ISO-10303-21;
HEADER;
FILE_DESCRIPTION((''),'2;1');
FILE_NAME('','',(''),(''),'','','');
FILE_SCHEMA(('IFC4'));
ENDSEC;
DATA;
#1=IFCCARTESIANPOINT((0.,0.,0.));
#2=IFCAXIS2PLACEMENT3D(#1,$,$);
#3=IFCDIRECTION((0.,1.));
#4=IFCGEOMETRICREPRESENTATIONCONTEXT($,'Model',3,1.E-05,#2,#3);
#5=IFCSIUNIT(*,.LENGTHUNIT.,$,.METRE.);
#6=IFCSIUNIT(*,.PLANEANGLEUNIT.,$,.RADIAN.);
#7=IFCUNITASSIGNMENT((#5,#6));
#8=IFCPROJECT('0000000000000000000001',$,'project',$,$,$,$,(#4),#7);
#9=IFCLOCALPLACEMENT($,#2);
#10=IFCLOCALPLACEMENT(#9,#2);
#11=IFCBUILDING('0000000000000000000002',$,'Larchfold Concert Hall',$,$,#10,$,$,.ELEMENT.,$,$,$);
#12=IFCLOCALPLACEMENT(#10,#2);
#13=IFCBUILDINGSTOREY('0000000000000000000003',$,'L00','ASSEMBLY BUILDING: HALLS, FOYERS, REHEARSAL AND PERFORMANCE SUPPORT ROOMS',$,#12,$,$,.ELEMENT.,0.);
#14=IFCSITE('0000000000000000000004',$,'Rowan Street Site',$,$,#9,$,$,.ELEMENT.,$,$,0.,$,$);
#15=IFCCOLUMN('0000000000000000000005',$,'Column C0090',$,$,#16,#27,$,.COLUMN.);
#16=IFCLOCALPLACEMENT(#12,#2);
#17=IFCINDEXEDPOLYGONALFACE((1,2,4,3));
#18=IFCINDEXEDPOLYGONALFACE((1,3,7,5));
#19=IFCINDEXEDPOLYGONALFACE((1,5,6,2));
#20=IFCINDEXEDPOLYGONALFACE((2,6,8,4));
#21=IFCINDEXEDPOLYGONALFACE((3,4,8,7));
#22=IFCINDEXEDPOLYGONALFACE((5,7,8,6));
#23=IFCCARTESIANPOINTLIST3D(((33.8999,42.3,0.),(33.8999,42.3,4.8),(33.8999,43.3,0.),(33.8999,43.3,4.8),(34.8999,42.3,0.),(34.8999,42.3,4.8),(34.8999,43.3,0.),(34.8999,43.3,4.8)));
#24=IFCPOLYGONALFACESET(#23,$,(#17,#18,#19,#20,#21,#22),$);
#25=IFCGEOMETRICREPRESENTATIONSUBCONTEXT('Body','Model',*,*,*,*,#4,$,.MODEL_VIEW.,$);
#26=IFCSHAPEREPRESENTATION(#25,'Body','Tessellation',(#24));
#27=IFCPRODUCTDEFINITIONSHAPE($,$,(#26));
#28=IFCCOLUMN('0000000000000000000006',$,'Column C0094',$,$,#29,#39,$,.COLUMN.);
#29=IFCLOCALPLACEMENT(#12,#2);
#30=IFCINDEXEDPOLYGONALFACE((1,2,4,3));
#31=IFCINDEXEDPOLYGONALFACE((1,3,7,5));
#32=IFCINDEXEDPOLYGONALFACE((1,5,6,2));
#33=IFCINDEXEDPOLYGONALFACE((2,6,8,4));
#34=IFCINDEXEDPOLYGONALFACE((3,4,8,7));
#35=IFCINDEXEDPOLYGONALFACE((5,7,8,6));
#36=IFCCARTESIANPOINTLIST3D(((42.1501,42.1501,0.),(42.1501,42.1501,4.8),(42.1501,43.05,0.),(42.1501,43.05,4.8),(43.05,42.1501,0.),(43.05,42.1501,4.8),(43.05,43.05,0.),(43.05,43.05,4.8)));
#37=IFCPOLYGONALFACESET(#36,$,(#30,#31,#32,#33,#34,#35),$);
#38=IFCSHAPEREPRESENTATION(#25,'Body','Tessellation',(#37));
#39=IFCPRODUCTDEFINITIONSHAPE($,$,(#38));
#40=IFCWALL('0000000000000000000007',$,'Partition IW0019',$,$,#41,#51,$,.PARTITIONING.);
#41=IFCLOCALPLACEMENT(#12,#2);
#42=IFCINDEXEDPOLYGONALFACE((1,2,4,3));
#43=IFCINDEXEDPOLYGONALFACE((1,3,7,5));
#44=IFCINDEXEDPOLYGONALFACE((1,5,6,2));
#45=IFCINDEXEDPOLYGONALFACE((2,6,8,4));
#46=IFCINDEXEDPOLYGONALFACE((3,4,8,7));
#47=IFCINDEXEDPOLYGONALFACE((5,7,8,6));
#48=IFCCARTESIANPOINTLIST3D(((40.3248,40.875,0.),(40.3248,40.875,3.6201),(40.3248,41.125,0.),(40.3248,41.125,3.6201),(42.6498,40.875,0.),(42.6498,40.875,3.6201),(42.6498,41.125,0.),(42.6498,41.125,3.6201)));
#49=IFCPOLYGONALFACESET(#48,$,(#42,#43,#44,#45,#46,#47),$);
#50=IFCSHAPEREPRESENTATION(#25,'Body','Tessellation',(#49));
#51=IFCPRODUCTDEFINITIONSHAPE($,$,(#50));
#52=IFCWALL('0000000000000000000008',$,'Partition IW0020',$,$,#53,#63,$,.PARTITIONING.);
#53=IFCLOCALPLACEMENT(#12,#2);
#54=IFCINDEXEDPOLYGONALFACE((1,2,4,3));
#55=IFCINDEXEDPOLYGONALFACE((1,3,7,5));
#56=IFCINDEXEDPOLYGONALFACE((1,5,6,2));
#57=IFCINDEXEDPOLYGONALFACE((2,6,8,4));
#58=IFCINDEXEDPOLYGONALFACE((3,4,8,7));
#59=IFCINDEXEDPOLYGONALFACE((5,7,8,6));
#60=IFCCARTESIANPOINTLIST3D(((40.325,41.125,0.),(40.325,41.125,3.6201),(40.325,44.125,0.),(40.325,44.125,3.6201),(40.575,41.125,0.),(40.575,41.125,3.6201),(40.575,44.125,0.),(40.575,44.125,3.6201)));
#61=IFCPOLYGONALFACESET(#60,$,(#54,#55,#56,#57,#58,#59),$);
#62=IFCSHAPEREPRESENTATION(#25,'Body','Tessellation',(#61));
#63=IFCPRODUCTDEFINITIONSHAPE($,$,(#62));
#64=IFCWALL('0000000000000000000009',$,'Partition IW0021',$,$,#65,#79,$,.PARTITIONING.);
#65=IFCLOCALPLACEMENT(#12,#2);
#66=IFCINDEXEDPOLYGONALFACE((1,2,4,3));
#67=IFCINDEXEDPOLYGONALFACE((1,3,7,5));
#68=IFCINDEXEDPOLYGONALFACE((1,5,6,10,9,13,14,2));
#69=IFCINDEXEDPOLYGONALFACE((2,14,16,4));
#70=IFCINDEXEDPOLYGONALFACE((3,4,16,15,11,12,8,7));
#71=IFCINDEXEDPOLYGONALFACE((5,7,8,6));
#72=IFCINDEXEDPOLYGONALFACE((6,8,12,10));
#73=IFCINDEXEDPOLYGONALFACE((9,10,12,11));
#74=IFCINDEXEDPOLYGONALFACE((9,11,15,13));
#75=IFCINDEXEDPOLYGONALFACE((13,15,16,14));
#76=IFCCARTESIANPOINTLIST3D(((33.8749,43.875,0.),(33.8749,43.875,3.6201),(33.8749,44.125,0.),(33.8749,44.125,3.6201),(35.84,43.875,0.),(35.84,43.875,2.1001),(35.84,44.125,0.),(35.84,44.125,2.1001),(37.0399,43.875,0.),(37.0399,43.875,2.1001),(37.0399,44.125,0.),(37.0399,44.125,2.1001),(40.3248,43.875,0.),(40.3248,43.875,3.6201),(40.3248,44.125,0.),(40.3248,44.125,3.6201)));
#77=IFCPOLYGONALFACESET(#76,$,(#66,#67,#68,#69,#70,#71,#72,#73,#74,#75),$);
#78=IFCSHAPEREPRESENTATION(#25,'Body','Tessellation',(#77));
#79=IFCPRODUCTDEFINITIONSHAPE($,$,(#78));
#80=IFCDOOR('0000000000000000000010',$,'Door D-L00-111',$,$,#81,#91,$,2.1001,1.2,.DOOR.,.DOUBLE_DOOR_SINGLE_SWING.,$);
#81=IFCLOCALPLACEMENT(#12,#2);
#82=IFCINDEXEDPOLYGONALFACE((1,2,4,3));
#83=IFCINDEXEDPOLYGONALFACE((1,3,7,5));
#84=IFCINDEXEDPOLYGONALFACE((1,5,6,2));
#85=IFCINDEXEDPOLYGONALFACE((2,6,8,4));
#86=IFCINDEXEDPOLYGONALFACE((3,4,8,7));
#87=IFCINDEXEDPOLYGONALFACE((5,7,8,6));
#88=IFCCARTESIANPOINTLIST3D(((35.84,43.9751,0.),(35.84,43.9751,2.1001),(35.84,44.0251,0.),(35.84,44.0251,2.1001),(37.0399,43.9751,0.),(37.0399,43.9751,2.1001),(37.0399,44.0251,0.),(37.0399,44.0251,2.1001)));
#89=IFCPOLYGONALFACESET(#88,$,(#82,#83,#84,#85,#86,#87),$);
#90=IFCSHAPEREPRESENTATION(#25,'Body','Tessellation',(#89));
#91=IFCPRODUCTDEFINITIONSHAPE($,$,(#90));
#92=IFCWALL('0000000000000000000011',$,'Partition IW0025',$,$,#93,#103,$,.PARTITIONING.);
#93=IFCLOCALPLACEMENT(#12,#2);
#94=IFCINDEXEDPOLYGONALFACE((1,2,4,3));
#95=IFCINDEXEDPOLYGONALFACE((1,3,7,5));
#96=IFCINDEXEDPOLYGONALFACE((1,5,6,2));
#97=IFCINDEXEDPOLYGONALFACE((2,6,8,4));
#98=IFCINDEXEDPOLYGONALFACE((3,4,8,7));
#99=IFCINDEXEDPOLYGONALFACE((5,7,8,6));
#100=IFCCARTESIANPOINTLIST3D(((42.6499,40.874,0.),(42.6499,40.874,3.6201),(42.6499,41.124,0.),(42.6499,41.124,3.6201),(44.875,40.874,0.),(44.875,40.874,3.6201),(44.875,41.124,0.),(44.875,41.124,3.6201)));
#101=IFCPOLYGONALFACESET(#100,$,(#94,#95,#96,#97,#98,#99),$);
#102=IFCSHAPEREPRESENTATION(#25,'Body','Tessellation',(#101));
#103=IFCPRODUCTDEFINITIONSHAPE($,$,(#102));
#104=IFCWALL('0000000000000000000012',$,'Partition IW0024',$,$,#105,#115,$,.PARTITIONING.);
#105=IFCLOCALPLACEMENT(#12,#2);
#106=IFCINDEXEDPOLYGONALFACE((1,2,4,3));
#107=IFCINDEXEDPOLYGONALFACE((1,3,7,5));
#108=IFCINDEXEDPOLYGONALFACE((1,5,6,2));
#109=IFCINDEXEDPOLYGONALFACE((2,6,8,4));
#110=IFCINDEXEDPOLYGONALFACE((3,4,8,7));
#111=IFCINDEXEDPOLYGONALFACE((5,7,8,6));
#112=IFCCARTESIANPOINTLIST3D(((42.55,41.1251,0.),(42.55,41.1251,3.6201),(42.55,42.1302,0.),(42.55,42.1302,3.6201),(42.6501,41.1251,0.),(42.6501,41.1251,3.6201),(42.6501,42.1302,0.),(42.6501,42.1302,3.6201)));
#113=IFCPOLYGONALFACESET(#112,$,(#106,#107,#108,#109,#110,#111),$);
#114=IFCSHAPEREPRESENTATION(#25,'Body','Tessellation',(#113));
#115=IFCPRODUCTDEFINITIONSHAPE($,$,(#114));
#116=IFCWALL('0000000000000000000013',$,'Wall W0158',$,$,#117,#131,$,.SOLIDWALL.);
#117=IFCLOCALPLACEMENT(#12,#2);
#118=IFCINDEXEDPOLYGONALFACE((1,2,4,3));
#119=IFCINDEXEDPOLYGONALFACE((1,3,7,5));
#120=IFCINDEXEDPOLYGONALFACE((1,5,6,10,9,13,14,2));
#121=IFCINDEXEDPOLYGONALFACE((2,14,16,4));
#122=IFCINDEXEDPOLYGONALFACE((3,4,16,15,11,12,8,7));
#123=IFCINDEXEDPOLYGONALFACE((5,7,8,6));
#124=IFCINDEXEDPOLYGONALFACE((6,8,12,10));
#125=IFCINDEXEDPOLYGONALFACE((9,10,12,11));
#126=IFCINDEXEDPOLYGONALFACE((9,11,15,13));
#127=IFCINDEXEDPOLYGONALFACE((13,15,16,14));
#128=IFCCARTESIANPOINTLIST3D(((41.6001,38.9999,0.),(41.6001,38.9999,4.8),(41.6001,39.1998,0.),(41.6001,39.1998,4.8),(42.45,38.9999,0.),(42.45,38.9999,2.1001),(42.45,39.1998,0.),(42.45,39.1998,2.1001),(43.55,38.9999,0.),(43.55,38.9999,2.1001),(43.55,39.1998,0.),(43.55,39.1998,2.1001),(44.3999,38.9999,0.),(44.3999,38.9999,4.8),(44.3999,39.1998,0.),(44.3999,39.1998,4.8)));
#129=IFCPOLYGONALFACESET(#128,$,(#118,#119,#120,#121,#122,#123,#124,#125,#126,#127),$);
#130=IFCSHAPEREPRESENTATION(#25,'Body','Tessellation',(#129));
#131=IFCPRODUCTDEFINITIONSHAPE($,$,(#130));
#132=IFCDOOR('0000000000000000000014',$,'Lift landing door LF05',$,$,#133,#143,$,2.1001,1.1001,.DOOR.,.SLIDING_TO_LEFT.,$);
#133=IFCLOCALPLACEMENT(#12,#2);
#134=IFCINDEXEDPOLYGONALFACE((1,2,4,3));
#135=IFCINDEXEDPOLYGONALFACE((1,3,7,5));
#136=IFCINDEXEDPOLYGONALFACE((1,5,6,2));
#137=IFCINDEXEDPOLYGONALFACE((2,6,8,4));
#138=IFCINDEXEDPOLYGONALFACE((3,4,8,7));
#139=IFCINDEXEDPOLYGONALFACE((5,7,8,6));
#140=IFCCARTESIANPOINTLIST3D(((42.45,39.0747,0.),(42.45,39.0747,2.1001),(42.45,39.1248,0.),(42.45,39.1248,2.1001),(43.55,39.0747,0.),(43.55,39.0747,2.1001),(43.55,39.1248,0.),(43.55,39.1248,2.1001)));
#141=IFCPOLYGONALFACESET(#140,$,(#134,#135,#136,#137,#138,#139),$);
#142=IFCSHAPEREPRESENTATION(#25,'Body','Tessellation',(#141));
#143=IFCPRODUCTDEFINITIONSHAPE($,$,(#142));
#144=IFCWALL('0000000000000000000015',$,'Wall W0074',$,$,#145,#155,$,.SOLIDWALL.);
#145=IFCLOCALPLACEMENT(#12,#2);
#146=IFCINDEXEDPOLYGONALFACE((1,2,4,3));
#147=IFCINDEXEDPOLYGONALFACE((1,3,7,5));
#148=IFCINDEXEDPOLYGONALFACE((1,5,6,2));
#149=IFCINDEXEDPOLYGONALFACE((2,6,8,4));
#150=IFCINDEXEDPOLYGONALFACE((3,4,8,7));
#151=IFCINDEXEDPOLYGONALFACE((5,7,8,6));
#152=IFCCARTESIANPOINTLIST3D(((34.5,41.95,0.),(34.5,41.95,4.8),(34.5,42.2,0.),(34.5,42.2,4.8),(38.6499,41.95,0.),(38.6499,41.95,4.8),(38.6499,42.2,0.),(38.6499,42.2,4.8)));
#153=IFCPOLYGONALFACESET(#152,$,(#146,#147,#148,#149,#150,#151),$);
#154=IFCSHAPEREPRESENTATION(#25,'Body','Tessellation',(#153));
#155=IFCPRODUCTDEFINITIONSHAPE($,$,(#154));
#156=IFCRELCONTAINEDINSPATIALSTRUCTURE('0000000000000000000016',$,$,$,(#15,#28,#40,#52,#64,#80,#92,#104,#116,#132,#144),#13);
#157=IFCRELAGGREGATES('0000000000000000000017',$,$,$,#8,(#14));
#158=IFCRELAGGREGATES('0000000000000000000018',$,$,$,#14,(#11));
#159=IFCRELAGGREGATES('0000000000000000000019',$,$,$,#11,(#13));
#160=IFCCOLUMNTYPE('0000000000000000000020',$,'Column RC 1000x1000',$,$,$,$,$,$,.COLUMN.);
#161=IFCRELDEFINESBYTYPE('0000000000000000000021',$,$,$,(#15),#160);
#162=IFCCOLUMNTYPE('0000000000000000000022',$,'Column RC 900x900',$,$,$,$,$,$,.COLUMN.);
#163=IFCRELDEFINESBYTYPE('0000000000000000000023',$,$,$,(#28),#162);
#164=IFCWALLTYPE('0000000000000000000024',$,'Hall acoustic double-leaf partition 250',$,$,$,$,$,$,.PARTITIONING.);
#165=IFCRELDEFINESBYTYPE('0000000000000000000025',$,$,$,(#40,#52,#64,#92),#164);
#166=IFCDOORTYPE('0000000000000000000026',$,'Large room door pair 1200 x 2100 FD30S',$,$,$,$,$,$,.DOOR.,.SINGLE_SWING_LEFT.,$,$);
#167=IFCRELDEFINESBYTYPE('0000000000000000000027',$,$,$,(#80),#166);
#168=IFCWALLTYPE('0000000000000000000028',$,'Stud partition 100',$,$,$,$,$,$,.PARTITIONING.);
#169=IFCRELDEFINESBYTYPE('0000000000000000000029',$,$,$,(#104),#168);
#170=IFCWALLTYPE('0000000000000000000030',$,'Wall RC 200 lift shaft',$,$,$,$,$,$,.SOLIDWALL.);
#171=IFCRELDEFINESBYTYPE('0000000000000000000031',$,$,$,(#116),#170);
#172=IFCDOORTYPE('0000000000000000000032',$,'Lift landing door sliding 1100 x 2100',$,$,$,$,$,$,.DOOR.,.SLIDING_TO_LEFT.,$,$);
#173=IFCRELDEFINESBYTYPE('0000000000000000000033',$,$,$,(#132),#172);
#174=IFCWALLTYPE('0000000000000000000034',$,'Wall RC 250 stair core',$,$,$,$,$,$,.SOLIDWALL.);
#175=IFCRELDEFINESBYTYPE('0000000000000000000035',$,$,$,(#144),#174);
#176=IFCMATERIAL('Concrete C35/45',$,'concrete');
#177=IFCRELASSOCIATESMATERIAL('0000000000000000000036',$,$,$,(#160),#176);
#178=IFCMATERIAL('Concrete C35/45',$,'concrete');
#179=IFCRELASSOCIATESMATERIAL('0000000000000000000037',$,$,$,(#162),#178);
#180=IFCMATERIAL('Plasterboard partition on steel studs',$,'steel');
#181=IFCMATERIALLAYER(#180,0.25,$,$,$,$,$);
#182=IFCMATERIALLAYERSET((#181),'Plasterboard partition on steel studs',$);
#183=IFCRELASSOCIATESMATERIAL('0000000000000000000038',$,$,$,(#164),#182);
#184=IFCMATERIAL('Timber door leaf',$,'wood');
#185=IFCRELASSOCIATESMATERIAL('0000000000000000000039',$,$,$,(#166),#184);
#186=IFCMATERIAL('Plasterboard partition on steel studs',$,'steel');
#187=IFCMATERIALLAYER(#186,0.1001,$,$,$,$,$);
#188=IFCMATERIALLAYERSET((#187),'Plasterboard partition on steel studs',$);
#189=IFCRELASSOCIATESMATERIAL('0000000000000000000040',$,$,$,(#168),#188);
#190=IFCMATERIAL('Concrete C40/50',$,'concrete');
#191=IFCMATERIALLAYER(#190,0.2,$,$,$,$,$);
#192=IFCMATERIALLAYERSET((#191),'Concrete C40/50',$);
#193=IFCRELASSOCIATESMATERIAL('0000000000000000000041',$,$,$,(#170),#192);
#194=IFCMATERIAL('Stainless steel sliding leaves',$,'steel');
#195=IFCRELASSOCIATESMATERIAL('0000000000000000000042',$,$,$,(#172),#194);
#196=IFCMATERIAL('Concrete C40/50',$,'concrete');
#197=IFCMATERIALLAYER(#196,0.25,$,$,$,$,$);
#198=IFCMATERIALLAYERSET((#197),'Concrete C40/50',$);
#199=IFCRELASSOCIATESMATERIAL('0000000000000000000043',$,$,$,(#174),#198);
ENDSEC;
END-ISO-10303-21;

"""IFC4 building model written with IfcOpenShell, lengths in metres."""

from ifc_helpers import new_model, si_unit, direction, frame, frame_2d, origin, origin_2d, place, context, subcontext, project, spatial, rectangle, extrude, material, layer, layer_set, material_profile, profile_set, type_object, element, fill, save


model = new_model("IFC4")

# Units and contexts
model_context = context("Model", 3, precision=1e-05, world=origin(), true_north=direction((0.0, 1.0)))
body_context = subcontext(model_context, "Body", "Model", "MODEL_VIEW")
ifc_project = project(units=[si_unit("LENGTHUNIT", "METRE"), si_unit("PLANEANGLEUNIT", "RADIAN")], contexts=[model_context])

# Site, building, storey
site_placement = place(None, origin())
site = spatial("IfcSite", under=ifc_project, at=site_placement, Name="Rowan Street Site", CompositionType="ELEMENT", RefElevation=0.0)
building_placement = place(site_placement, origin())
building = spatial("IfcBuilding", under=site, at=building_placement, Name="Larchfold Concert Hall", CompositionType="ELEMENT")
storey_placement = place(building_placement, origin())
storey = spatial("IfcBuildingStorey", under=building, at=storey_placement, Name="L00", Description="ASSEMBLY BUILDING: HALLS, FOYERS, REHEARSAL AND PERFORMANCE SUPPORT ROOMS", CompositionType="ELEMENT", Elevation=0.0)

# Columns
ifc_material_1 = material(Name="Concrete C35/45", Category="concrete")
ifc_material_profile_1 = material_profile(ifc_material_1, rectangle(XDim=1.0, YDim=1.0, at=origin_2d()))
ifc_profile_set_1 = profile_set([ifc_material_profile_1], Name="Concrete C35/45")
column_type_1 = type_object("IfcColumnType", Name="Column RC 1000x1000", PredefinedType="COLUMN", material=ifc_profile_set_1)
column_1_placement = place(storey_placement, frame((34.3999, 42.8, 0.0), z_axis=(0.0, 0.0, 1.0), x_axis=(1.0, 0.0, 0.0)))
element("IfcColumn", 1, at=column_1_placement, inside=storey, type_object=column_type_1, Name="Column C0090", PredefinedType="COLUMN", context=body_context, shape_type="SweptSolid", body=[
    extrude(rectangle(XDim=1.0, YDim=1.0, at=origin_2d()), origin(), (0.0, 0.0, 1.0), 4.8),
])
ifc_material_2 = material(Name="Concrete C35/45", Category="concrete")
ifc_material_profile_2 = material_profile(ifc_material_2, rectangle(XDim=0.8999, YDim=0.8999, at=origin_2d()))
ifc_profile_set_2 = profile_set([ifc_material_profile_2], Name="Concrete C35/45")
column_type_2 = type_object("IfcColumnType", Name="Column RC 900x900", PredefinedType="COLUMN", material=ifc_profile_set_2)
column_2_placement = place(storey_placement, frame((42.6001, 42.6001, 0.0), z_axis=(0.0, 0.0, 1.0), x_axis=(1.0, 0.0, 0.0)))
element("IfcColumn", 2, at=column_2_placement, inside=storey, type_object=column_type_2, Name="Column C0094", PredefinedType="COLUMN", context=body_context, shape_type="SweptSolid", body=[
    extrude(rectangle(XDim=0.8999, YDim=0.8999, at=origin_2d()), origin(), (0.0, 0.0, 1.0), 4.8),
])

# Walls
ifc_material_3 = material(Name="Plasterboard partition on steel studs", Category="steel")
ifc_layer_1 = layer(ifc_material_3, 0.25)
ifc_layer_set_1 = layer_set([ifc_layer_1], Name="Plasterboard partition on steel studs")
wall_type_1 = type_object("IfcWallType", Name="Hall acoustic double-leaf partition 250", PredefinedType="PARTITIONING", material=ifc_layer_set_1)
wall_1_placement = place(storey_placement, frame((42.6499, 41.0, 0.0), z_axis=(0.0, 0.0, 1.0), x_axis=(-1.0, 0.0, 0.0)))
element("IfcWall", 3, at=wall_1_placement, inside=storey, type_object=wall_type_1, Name="Partition IW0019", PredefinedType="PARTITIONING", context=body_context, shape_type="SweptSolid", body=[
    extrude(rectangle(XDim=2.325, YDim=0.25, at=frame_2d((1.1626, 0.0))), origin(), (0.0, 0.0, 1.0), 3.6201),
])
wall_2_placement = place(storey_placement, frame((40.45, 41.125, 0.0), z_axis=(0.0, 0.0, 1.0), x_axis=(0.0, 1.0, 0.0)))
element("IfcWall", 4, at=wall_2_placement, inside=storey, type_object=wall_type_1, Name="Partition IW0020", PredefinedType="PARTITIONING", context=body_context, shape_type="SweptSolid", body=[
    extrude(rectangle(XDim=3.0, YDim=0.25, at=frame_2d((1.5, 0.0))), origin(), (0.0, 0.0, 1.0), 3.6201),
])

# Wall, opening, door
wall_3_placement = place(storey_placement, frame((40.325, 44.0, 0.0), z_axis=(0.0, 0.0, 1.0), x_axis=(-1.0, 0.0, 0.0)))
wall_3 = element("IfcWall", 5, at=wall_3_placement, inside=storey, type_object=wall_type_1, Name="Partition IW0021", PredefinedType="PARTITIONING", context=body_context, shape_type="SweptSolid", body=[
    extrude(rectangle(XDim=6.45, YDim=0.25, at=frame_2d((3.2251, 0.0))), origin(), (0.0, 0.0, 1.0), 3.6201),
])
opening_1_placement = place(wall_3_placement, frame((3.2849, 0.0, 0.0)))
opening_1 = element("IfcOpeningElement", 6, at=opening_1_placement, cuts=wall_3, PredefinedType="OPENING", context=body_context, shape_type="SweptSolid", body=[
    extrude(rectangle(XDim=1.2, YDim=2.1001, at=frame_2d((0.6001, 1.05))), frame((0.0, 0.135, 0.0), z_axis=(0.0, -1.0, 0.0), x_axis=(1.0, 0.0, 0.0)), (0.0, 0.0, 1.0), 0.27),
])
ifc_material_4 = material(Name="Timber door leaf", Category="wood")
door_type_1 = type_object("IfcDoorType", Name="Large room door pair 1200 x 2100 FD30S", OperationType="SINGLE_SWING_LEFT", PredefinedType="DOOR", material=ifc_material_4)
door_1_placement = place(opening_1_placement, origin())
door_1 = element("IfcDoor", 7, at=door_1_placement, inside=storey, type_object=door_type_1, Name="Door D-L00-111", OperationType="DOUBLE_DOOR_SINGLE_SWING", OverallHeight=2.1001, OverallWidth=1.2, PredefinedType="DOOR", context=body_context, shape_type="SweptSolid", body=[
    extrude(rectangle(XDim=1.2, YDim=2.1001, at=frame_2d((0.6001, 1.05))), frame((0.0, 0.0249, 0.0), z_axis=(0.0, -1.0, 0.0), x_axis=(1.0, 0.0, 0.0)), (0.0, 0.0, 1.0), 0.05),
])
fill(opening_1, door_1)

# Walls
wall_4_placement = place(storey_placement, frame((42.6499, 40.999, 0.0), z_axis=(0.0, 0.0, 1.0), x_axis=(1.0, 0.0, 0.0)))
element("IfcWall", 8, at=wall_4_placement, inside=storey, type_object=wall_type_1, Name="Partition IW0025", PredefinedType="PARTITIONING", context=body_context, shape_type="SweptSolid", body=[
    extrude(rectangle(XDim=2.2251, YDim=0.25, at=frame_2d((1.1125, 0.0))), origin(), (0.0, 0.0, 1.0), 3.6201),
])
ifc_material_5 = material(Name="Plasterboard partition on steel studs", Category="steel")
ifc_layer_2 = layer(ifc_material_5, 0.1001)
ifc_layer_set_2 = layer_set([ifc_layer_2], Name="Plasterboard partition on steel studs")
wall_type_2 = type_object("IfcWallType", Name="Stud partition 100", PredefinedType="PARTITIONING", material=ifc_layer_set_2)
wall_5_placement = place(storey_placement, frame((42.6001, 42.1301, 0.0), z_axis=(0.0, 0.0, 1.0), x_axis=(0.0, -1.0, 0.0)))
element("IfcWall", 9, at=wall_5_placement, inside=storey, type_object=wall_type_2, Name="Partition IW0024", PredefinedType="PARTITIONING", context=body_context, shape_type="SweptSolid", body=[
    extrude(rectangle(XDim=1.0051, YDim=0.1001, at=frame_2d((0.5024, 0.0))), origin(), (0.0, 0.0, 1.0), 3.6201),
])

# Wall, opening, door
ifc_material_6 = material(Name="Concrete C40/50", Category="concrete")
ifc_layer_3 = layer(ifc_material_6, 0.2)
ifc_layer_set_3 = layer_set([ifc_layer_3], Name="Concrete C40/50")
wall_type_3 = type_object("IfcWallType", Name="Wall RC 200 lift shaft", PredefinedType="SOLIDWALL", material=ifc_layer_set_3)
wall_6_placement = place(storey_placement, frame((41.6001, 39.0999, 0.0), z_axis=(0.0, 0.0, 1.0), x_axis=(1.0, 0.0, 0.0)))
wall_6 = element("IfcWall", 10, at=wall_6_placement, inside=storey, type_object=wall_type_3, Name="Wall W0158", PredefinedType="SOLIDWALL", context=body_context, shape_type="SweptSolid", body=[
    extrude(rectangle(XDim=2.7998, YDim=0.2, at=frame_2d((1.3999, 0.0))), origin(), (0.0, 0.0, 1.0), 4.8),
])
opening_2_placement = place(wall_6_placement, frame((0.8499, 0.0, 0.0)))
opening_2 = element("IfcOpeningElement", 11, at=opening_2_placement, cuts=wall_6, PredefinedType="OPENING", context=body_context, shape_type="SweptSolid", body=[
    extrude(rectangle(XDim=1.1001, YDim=2.1001, at=frame_2d((0.55, 1.05))), frame((0.0, 0.1099, 0.0), z_axis=(0.0, -1.0, 0.0), x_axis=(1.0, 0.0, 0.0)), (0.0, 0.0, 1.0), 0.22),
])
ifc_material_7 = material(Name="Stainless steel sliding leaves", Category="steel")
door_type_2 = type_object("IfcDoorType", Name="Lift landing door sliding 1100 x 2100", OperationType="SLIDING_TO_LEFT", PredefinedType="DOOR", material=ifc_material_7)
door_2_placement = place(opening_2_placement, origin())
door_2 = element("IfcDoor", 12, at=door_2_placement, inside=storey, type_object=door_type_2, Name="Lift landing door LF05", OperationType="SLIDING_TO_LEFT", OverallHeight=2.1001, OverallWidth=1.1001, PredefinedType="DOOR", context=body_context, shape_type="SweptSolid", body=[
    extrude(rectangle(XDim=1.1001, YDim=2.1001, at=frame_2d((0.55, 1.05))), frame((0.0, 0.0249, 0.0), z_axis=(0.0, -1.0, 0.0), x_axis=(1.0, 0.0, 0.0)), (0.0, 0.0, 1.0), 0.05),
])
fill(opening_2, door_2)

# Wall
ifc_material_8 = material(Name="Concrete C40/50", Category="concrete")
ifc_layer_4 = layer(ifc_material_8, 0.25)
ifc_layer_set_4 = layer_set([ifc_layer_4], Name="Concrete C40/50")
wall_type_4 = type_object("IfcWallType", Name="Wall RC 250 stair core", PredefinedType="SOLIDWALL", material=ifc_layer_set_4)
wall_7_placement = place(storey_placement, frame((34.5, 42.075, 0.0), z_axis=(0.0, 0.0, 1.0), x_axis=(1.0, 0.0, 0.0)))
element("IfcWall", 13, at=wall_7_placement, inside=storey, type_object=wall_type_4, Name="Wall W0074", PredefinedType="SOLIDWALL", context=body_context, shape_type="SweptSolid", body=[
    extrude(rectangle(XDim=4.1499, YDim=0.25, at=frame_2d((2.075, 0.0))), origin(), (0.0, 0.0, 1.0), 4.8),
])

save(model, "model.ifc")
